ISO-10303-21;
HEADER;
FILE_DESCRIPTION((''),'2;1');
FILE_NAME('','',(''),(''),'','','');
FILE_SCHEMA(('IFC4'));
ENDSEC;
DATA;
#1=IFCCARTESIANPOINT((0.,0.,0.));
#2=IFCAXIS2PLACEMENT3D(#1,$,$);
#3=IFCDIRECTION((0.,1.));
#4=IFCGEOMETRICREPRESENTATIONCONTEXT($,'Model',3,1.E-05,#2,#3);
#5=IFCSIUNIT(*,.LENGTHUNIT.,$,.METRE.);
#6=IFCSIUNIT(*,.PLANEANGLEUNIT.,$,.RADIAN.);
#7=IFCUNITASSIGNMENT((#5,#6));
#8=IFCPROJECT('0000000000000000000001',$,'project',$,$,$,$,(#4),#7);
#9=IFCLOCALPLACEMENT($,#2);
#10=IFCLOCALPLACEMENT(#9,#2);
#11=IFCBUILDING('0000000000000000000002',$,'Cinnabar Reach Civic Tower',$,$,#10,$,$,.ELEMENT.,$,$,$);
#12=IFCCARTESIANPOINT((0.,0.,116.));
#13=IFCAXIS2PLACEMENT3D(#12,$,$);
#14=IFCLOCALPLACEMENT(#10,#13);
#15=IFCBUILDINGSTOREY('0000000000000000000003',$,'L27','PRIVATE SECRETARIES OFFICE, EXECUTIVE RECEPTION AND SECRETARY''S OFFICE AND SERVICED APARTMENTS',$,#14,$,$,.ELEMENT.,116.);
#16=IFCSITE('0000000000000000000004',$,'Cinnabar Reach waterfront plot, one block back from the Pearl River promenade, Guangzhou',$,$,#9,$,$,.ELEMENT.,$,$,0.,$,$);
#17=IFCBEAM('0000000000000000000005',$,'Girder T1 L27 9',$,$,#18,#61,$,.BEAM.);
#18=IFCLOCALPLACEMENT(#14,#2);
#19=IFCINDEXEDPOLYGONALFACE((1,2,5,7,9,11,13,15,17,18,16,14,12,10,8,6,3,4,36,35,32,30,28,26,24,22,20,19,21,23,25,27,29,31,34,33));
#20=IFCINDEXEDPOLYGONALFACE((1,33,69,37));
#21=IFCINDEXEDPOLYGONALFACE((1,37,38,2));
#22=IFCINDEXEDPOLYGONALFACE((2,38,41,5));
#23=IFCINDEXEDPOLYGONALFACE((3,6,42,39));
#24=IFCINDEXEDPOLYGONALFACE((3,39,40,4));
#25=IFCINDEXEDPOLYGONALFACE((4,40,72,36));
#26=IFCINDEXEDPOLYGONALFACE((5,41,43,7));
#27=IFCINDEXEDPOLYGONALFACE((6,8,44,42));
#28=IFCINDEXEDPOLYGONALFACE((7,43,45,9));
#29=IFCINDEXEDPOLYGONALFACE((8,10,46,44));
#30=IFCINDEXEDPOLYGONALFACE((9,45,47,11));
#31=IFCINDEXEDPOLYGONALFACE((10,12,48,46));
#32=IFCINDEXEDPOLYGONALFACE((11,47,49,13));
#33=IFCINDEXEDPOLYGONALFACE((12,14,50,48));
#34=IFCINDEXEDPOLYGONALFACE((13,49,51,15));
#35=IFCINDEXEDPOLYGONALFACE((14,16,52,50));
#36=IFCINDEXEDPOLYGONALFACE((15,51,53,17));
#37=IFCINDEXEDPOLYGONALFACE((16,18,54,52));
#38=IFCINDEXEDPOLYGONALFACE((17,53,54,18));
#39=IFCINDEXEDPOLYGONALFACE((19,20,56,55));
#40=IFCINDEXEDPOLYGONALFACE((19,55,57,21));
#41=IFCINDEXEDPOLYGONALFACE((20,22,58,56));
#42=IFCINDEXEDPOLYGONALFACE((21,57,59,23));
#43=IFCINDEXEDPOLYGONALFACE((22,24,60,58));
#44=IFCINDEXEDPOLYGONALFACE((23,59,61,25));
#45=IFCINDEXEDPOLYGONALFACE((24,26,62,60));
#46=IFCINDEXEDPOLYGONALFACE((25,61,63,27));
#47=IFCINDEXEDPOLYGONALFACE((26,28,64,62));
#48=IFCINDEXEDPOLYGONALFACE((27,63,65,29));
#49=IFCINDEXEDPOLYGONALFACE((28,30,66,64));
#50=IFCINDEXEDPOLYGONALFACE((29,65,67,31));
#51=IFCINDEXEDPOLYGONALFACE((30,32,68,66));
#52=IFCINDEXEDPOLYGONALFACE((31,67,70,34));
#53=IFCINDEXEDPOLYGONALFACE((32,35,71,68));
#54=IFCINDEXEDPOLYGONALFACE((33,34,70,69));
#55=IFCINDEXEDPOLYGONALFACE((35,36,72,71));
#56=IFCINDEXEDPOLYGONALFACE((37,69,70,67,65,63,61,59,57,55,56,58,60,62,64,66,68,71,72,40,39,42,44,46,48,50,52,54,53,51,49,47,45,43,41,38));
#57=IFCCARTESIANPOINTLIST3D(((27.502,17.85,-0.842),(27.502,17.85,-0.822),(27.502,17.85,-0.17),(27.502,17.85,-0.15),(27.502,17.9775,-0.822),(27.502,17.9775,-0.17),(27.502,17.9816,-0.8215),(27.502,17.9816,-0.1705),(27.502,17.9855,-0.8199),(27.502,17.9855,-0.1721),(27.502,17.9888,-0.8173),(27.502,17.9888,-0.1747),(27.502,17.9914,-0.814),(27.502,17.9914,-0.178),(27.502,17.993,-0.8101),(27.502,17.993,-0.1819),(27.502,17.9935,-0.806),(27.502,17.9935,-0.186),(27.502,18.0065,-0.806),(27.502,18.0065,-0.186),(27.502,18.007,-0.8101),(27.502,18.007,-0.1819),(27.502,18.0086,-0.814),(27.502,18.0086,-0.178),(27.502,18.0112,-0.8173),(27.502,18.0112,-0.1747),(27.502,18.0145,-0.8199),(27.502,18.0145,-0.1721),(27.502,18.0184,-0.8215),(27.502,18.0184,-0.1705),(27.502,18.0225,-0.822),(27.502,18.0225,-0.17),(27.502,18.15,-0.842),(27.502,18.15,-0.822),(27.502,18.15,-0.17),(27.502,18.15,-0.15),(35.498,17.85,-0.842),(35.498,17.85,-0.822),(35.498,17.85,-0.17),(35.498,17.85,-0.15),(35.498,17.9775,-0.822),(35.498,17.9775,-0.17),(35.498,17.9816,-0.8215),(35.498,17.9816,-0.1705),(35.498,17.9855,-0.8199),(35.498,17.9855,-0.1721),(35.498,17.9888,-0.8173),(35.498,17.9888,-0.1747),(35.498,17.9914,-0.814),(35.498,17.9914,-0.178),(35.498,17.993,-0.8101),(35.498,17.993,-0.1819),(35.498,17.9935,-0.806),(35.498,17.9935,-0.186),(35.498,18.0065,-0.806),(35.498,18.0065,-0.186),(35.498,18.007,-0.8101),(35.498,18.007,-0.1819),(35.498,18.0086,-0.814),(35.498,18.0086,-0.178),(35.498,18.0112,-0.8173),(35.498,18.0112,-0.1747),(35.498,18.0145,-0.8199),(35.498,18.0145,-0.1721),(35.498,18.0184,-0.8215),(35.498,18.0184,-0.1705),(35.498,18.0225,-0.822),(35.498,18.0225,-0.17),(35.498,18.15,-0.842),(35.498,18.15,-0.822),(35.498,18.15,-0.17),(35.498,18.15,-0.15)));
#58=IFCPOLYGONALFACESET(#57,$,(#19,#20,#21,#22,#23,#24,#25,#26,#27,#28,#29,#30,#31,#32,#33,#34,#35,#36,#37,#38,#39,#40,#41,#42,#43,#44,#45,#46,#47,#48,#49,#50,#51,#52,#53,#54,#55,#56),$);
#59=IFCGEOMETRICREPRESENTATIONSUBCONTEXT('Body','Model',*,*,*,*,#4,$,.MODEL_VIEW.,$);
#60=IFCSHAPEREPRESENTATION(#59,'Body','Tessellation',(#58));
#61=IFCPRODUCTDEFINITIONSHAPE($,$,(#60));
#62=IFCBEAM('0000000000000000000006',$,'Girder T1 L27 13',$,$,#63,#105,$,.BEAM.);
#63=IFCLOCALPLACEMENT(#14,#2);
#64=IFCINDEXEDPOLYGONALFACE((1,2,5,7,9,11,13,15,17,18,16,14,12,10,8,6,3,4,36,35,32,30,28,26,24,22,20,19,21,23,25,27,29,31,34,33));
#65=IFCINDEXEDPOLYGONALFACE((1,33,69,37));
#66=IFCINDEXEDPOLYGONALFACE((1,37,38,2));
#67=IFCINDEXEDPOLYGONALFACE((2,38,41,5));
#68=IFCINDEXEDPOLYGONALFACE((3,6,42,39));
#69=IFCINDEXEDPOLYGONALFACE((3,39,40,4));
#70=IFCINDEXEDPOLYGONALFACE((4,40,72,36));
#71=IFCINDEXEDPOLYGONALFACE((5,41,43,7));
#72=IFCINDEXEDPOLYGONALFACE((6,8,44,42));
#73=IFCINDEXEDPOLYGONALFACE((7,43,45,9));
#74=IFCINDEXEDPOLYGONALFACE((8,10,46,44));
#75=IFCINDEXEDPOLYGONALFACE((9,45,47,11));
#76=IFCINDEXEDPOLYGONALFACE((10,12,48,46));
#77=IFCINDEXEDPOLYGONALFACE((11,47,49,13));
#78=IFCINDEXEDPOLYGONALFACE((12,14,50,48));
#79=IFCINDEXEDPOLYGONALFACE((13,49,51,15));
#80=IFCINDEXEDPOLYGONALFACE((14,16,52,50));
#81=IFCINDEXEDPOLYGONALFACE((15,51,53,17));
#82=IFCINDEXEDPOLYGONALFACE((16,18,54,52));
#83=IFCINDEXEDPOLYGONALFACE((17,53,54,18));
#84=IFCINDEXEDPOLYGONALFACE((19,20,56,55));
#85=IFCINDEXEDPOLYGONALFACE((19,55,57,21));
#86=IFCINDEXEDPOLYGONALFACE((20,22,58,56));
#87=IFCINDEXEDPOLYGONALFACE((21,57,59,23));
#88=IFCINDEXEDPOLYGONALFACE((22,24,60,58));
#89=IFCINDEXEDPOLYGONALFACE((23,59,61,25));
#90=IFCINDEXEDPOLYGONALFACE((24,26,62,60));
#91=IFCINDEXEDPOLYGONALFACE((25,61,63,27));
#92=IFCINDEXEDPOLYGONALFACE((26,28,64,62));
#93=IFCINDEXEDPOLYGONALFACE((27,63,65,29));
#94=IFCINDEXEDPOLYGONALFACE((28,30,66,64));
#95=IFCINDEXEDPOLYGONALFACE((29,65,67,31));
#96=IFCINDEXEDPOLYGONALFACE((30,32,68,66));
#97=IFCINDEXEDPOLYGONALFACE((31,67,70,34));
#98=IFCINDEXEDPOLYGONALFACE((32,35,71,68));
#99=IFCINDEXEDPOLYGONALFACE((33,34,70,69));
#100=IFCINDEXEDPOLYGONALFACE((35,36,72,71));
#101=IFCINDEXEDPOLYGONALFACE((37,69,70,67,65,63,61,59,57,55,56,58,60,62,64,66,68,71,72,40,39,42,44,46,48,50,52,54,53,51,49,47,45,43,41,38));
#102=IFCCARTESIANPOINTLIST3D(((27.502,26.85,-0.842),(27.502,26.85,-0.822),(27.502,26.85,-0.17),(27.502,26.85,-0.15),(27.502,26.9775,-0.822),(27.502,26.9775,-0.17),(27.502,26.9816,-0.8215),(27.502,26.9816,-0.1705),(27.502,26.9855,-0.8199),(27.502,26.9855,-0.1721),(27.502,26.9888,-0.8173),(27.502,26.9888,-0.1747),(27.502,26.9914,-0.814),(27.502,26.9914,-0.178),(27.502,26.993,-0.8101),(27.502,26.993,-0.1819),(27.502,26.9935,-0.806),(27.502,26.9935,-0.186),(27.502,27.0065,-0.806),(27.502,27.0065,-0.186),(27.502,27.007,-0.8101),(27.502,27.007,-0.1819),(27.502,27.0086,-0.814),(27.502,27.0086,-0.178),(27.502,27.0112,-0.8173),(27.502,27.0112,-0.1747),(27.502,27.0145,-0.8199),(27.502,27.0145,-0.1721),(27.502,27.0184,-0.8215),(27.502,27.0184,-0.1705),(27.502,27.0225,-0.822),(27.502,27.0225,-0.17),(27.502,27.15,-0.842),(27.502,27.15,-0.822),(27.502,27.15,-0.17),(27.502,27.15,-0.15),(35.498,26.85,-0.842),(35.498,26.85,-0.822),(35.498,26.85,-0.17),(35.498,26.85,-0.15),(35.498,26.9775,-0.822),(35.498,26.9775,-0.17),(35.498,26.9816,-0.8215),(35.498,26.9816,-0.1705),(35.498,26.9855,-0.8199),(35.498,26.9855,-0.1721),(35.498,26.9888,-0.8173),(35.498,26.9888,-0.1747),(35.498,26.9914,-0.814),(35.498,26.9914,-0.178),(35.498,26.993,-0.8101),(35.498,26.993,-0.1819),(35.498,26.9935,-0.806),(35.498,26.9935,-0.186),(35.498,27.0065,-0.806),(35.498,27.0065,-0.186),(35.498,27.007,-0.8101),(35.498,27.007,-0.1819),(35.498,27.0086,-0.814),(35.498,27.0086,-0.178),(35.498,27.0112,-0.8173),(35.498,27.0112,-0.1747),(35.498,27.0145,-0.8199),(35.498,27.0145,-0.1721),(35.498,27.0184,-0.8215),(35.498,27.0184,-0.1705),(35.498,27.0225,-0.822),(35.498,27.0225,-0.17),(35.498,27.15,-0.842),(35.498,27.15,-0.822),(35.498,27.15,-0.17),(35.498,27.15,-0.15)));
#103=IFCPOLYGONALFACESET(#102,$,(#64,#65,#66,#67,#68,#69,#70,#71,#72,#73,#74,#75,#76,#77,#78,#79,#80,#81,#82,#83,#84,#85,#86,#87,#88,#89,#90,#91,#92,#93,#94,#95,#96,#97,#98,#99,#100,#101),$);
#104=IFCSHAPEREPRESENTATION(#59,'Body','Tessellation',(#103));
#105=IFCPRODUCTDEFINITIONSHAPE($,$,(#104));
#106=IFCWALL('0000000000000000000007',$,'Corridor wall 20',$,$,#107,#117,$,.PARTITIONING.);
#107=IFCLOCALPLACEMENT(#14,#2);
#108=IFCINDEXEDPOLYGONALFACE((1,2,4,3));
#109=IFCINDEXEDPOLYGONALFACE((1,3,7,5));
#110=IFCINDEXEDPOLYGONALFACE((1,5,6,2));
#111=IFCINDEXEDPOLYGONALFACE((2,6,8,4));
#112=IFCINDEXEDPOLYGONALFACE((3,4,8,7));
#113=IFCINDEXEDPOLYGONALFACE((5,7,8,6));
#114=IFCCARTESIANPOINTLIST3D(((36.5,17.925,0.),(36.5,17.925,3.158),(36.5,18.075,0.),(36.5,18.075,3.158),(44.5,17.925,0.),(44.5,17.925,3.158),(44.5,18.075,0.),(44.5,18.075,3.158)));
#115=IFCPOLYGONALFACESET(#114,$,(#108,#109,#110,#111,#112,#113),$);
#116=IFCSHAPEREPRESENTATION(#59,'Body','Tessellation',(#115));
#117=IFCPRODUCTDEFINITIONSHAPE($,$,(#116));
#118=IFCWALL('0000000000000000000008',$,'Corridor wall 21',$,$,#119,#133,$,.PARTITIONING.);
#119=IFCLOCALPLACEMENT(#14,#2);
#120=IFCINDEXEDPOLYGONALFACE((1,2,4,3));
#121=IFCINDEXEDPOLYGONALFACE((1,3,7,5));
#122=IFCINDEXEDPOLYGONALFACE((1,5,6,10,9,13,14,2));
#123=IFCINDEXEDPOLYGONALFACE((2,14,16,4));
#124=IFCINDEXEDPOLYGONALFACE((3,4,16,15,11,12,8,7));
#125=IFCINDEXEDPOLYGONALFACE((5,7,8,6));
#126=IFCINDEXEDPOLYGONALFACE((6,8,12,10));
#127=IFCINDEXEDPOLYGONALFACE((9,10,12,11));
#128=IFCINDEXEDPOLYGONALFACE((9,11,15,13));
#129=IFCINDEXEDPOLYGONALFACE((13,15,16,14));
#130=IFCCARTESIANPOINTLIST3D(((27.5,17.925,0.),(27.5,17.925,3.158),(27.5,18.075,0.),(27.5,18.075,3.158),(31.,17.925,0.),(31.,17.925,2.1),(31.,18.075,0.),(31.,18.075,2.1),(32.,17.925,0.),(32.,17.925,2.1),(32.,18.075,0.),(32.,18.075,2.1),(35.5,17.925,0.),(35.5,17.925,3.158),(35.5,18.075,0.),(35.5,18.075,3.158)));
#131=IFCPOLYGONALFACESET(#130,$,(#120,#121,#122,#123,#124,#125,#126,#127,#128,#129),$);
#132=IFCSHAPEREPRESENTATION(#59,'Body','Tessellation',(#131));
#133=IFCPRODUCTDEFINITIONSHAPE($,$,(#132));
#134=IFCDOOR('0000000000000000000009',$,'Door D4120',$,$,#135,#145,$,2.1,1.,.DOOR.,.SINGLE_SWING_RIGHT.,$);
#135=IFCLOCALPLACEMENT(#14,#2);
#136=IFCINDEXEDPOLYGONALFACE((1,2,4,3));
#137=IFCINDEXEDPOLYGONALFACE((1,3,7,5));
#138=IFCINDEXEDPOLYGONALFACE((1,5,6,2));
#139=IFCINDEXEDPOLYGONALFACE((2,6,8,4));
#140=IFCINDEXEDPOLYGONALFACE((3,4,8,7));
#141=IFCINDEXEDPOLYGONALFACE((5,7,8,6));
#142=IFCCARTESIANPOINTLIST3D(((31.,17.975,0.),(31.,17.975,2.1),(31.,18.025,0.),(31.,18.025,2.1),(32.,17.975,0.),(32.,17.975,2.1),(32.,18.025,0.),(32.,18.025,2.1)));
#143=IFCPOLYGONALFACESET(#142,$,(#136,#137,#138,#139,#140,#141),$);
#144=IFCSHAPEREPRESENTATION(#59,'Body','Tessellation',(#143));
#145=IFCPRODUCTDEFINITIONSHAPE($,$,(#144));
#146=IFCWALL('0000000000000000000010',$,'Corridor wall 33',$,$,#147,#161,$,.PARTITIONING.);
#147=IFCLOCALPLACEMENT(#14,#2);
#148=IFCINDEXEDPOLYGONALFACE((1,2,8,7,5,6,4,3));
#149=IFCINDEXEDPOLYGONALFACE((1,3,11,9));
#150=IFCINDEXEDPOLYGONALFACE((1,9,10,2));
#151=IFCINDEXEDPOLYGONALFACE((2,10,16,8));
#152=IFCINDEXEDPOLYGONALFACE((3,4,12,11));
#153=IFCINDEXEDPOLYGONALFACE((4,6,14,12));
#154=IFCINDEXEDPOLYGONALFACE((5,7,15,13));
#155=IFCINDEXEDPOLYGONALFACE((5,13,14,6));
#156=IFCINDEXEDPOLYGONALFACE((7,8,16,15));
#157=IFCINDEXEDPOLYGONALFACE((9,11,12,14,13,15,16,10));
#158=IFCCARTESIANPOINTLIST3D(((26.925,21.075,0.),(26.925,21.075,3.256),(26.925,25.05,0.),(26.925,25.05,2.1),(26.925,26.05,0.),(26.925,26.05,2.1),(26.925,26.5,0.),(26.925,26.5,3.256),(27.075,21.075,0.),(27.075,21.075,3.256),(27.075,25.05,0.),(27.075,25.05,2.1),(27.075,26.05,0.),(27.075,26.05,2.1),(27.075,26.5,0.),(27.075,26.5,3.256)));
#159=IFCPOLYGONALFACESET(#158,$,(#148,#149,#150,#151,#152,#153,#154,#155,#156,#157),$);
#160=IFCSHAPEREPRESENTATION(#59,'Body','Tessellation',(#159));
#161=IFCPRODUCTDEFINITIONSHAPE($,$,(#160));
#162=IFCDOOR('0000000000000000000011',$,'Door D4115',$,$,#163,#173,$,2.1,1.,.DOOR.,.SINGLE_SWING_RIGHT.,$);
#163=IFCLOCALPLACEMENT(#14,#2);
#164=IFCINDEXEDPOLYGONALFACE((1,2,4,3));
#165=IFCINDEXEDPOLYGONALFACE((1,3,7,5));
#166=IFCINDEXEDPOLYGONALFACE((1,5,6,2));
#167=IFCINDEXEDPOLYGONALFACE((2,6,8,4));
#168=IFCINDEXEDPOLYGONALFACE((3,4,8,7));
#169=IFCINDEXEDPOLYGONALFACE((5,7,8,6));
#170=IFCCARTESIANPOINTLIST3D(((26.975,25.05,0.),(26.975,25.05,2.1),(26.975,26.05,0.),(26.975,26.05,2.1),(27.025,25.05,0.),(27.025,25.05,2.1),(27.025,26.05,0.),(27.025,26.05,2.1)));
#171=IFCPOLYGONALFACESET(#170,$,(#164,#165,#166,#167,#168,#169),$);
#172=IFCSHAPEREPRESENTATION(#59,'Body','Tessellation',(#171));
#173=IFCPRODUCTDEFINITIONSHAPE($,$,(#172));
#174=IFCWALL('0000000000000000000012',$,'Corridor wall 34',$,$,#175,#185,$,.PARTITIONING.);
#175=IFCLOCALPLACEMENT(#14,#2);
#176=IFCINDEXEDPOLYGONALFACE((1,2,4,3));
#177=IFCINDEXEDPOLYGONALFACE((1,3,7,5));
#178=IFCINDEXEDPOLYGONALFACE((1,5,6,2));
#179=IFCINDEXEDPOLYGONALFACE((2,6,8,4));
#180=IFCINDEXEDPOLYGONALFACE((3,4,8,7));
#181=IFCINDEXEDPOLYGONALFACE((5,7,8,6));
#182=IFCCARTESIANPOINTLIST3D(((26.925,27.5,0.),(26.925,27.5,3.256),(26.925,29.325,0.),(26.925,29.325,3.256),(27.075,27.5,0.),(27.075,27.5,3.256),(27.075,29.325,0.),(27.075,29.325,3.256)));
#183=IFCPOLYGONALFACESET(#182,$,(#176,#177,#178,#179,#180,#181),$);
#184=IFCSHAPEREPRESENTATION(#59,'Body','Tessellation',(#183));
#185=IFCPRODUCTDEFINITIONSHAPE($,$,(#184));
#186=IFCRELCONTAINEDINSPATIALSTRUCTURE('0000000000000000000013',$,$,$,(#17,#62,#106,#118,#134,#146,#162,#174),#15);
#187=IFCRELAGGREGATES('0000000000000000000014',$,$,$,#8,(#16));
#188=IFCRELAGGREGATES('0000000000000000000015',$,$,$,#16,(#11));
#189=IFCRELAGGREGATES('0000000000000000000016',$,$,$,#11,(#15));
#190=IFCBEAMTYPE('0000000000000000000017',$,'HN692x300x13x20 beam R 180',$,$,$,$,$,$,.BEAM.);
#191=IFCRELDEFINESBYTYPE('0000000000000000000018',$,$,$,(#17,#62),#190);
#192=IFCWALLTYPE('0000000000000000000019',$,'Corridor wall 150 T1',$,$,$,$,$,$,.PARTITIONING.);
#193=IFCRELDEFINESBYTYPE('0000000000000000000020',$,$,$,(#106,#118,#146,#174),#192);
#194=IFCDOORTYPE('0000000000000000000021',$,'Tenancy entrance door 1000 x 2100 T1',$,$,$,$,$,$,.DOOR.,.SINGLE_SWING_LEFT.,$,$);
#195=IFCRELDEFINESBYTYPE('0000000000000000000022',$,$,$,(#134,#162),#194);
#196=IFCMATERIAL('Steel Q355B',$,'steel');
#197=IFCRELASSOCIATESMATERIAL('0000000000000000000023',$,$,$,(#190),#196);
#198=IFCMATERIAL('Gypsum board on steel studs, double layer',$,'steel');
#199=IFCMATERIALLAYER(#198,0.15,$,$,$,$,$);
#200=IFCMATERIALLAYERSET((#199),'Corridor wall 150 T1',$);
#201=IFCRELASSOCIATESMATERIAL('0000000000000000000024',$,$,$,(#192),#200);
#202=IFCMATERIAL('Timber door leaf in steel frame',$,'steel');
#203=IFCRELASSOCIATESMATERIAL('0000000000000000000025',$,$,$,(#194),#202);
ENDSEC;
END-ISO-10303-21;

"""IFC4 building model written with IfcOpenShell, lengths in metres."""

from ifc_helpers import new_model, si_unit, direction, frame, frame_2d, origin, origin_2d, place, context, subcontext, project, spatial, rectangle, i_section, extrude, material, layer, layer_set, material_profile, profile_set, type_object, element, fill, save


model = new_model("IFC4")

# Units and contexts
model_context = context("Model", 3, precision=1e-05, world=origin(), true_north=direction((0.0, 1.0)))
body_context = subcontext(model_context, "Body", "Model", "MODEL_VIEW")
ifc_project = project(units=[si_unit("LENGTHUNIT", "METRE"), si_unit("PLANEANGLEUNIT", "RADIAN")], contexts=[model_context])

# Site, building, storey
site_placement = place(None, origin())
site = spatial("IfcSite", under=ifc_project, at=site_placement, Name="Cinnabar Reach waterfront plot, one block back from the Pearl River promenade, Guangzhou", CompositionType="ELEMENT", RefElevation=0.0)
building_placement = place(site_placement, origin())
building = spatial("IfcBuilding", under=site, at=building_placement, Name="Cinnabar Reach Civic Tower", CompositionType="ELEMENT")
storey_placement = place(building_placement, frame((0.0, 0.0, 116.0)))
storey = spatial("IfcBuildingStorey", under=building, at=storey_placement, Name="L27", Description="PRIVATE SECRETARIES OFFICE, EXECUTIVE RECEPTION AND SECRETARY'S OFFICE AND SERVICED APARTMENTS", CompositionType="ELEMENT", Elevation=116.0)

# Beams
ifc_material_1 = material(Name="Steel Q355B", Category="steel")
ifc_material_profile_1 = material_profile(ifc_material_1, i_section(OverallWidth=0.3, OverallDepth=0.692, WebThickness=0.013, FlangeThickness=0.02, FilletRadius=0.016, at=origin_2d()), Name="HN692x300x13x20")
ifc_profile_set_1 = profile_set([ifc_material_profile_1], Name="Steel Q355B")
beam_type_1 = type_object("IfcBeamType", Name="HN692x300x13x20 beam R 180", PredefinedType="BEAM", material=ifc_profile_set_1)
for number, where, z_axis, x_axis, name in (
    (1, (27.502, 18.0, -0.496), (1.0, 0.0, 0.0), (0.0, 1.0, 0.0), "Girder T1 L27 9"),
    (2, (27.502, 27.0, -0.496), (1.0, 0.0, 0.0), (0.0, 1.0, 0.0), "Girder T1 L27 13"),
):
    element("IfcBeam", number, at=place(storey_placement, frame(where, z_axis=z_axis, x_axis=x_axis)), inside=storey, type_object=beam_type_1, Name=name, PredefinedType="BEAM", context=body_context, shape_type="SweptSolid", body=[
        extrude(i_section(OverallWidth=0.3, OverallDepth=0.692, WebThickness=0.013, FlangeThickness=0.02, FilletRadius=0.016, at=origin_2d()), origin(), (0.0, 0.0, 1.0), 7.996),
    ])

# Wall
ifc_material_2 = material(Name="Gypsum board on steel studs, double layer", Category="steel")
ifc_layer_1 = layer(ifc_material_2, 0.15)
ifc_layer_set_1 = layer_set([ifc_layer_1], Name="Corridor wall 150 T1")
wall_type_1 = type_object("IfcWallType", Name="Corridor wall 150 T1", PredefinedType="PARTITIONING", material=ifc_layer_set_1)
wall_1_placement = place(storey_placement, frame((36.5, 18.0, 0.0), z_axis=(0.0, 0.0, 1.0), x_axis=(1.0, 0.0, 0.0)))
element("IfcWall", 3, at=wall_1_placement, inside=storey, type_object=wall_type_1, Name="Corridor wall 20", PredefinedType="PARTITIONING", context=body_context, shape_type="SweptSolid", body=[
    extrude(rectangle(XDim=8.0, YDim=0.15, at=frame_2d((4.0, 0.0))), origin(), (0.0, 0.0, 1.0), 3.158),
])

# Walls, openings, doors
wall_2_placement = place(storey_placement, frame((27.5, 18.0, 0.0), z_axis=(0.0, 0.0, 1.0), x_axis=(1.0, 0.0, 0.0)))
wall_2 = element("IfcWall", 4, at=wall_2_placement, inside=storey, type_object=wall_type_1, Name="Corridor wall 21", PredefinedType="PARTITIONING", context=body_context, shape_type="SweptSolid", body=[
    extrude(rectangle(XDim=8.0, YDim=0.15, at=frame_2d((4.0, 0.0))), origin(), (0.0, 0.0, 1.0), 3.158),
])
opening_1_placement = place(wall_2_placement, frame((3.5, 0.0, 0.0)))
opening_1 = element("IfcOpeningElement", 5, at=opening_1_placement, cuts=wall_2, PredefinedType="OPENING", context=body_context, shape_type="SweptSolid", body=[
    extrude(rectangle(XDim=1.0, YDim=2.1, at=frame_2d((0.5, 1.05))), frame((0.0, 0.085, 0.0), z_axis=(0.0, -1.0, 0.0), x_axis=(1.0, 0.0, 0.0)), (0.0, 0.0, 1.0), 0.17),
])
ifc_material_3 = material(Name="Timber door leaf in steel frame", Category="steel")
door_type_1 = type_object("IfcDoorType", Name="Tenancy entrance door 1000 x 2100 T1", OperationType="SINGLE_SWING_LEFT", PredefinedType="DOOR", material=ifc_material_3)
door_1_placement = place(opening_1_placement, frame((1.0, 0.0, 0.0), z_axis=(0.0, 0.0, 1.0), x_axis=(-1.0, 0.0, 0.0)))
door_1 = element("IfcDoor", 6, at=door_1_placement, inside=storey, type_object=door_type_1, Name="Door D4120", OperationType="SINGLE_SWING_RIGHT", OverallHeight=2.1, OverallWidth=1.0, PredefinedType="DOOR", context=body_context, shape_type="SweptSolid", body=[
    extrude(rectangle(XDim=1.0, YDim=2.1, at=frame_2d((0.5, 1.05))), frame((0.0, 0.025, 0.0), z_axis=(0.0, -1.0, 0.0), x_axis=(1.0, 0.0, 0.0)), (0.0, 0.0, 1.0), 0.05),
])
fill(opening_1, door_1)
wall_3_placement = place(storey_placement, frame((27.0, 21.075, 0.0), z_axis=(0.0, 0.0, 1.0), x_axis=(0.0, 1.0, 0.0)))
wall_3 = element("IfcWall", 7, at=wall_3_placement, inside=storey, type_object=wall_type_1, Name="Corridor wall 33", PredefinedType="PARTITIONING", context=body_context, shape_type="SweptSolid", body=[
    extrude(rectangle(XDim=5.425, YDim=0.15, at=frame_2d((2.7125, 0.0))), origin(), (0.0, 0.0, 1.0), 3.256),
])
opening_2_placement = place(wall_3_placement, frame((3.975, 0.0, 0.0)))
opening_2 = element("IfcOpeningElement", 8, at=opening_2_placement, cuts=wall_3, PredefinedType="OPENING", context=body_context, shape_type="SweptSolid", body=[
    extrude(rectangle(XDim=1.0, YDim=2.1, at=frame_2d((0.5, 1.05))), frame((0.0, 0.085, 0.0), z_axis=(0.0, -1.0, 0.0), x_axis=(1.0, 0.0, 0.0)), (0.0, 0.0, 1.0), 0.17),
])
door_2_placement = place(opening_2_placement, frame((1.0, 0.0, 0.0), z_axis=(0.0, 0.0, 1.0), x_axis=(-1.0, 0.0, 0.0)))
door_2 = element("IfcDoor", 9, at=door_2_placement, inside=storey, type_object=door_type_1, Name="Door D4115", OperationType="SINGLE_SWING_RIGHT", OverallHeight=2.1, OverallWidth=1.0, PredefinedType="DOOR", context=body_context, shape_type="SweptSolid", body=[
    extrude(rectangle(XDim=1.0, YDim=2.1, at=frame_2d((0.5, 1.05))), frame((0.0, 0.025, 0.0), z_axis=(0.0, -1.0, 0.0), x_axis=(1.0, 0.0, 0.0)), (0.0, 0.0, 1.0), 0.05),
])
fill(opening_2, door_2)

# Wall
wall_4_placement = place(storey_placement, frame((27.0, 27.5, 0.0), z_axis=(0.0, 0.0, 1.0), x_axis=(0.0, 1.0, 0.0)))
element("IfcWall", 10, at=wall_4_placement, inside=storey, type_object=wall_type_1, Name="Corridor wall 34", PredefinedType="PARTITIONING", context=body_context, shape_type="SweptSolid", body=[
    extrude(rectangle(XDim=1.825, YDim=0.15, at=frame_2d((0.9125, 0.0))), origin(), (0.0, 0.0, 1.0), 3.256),
])

save(model, "model.ifc")
